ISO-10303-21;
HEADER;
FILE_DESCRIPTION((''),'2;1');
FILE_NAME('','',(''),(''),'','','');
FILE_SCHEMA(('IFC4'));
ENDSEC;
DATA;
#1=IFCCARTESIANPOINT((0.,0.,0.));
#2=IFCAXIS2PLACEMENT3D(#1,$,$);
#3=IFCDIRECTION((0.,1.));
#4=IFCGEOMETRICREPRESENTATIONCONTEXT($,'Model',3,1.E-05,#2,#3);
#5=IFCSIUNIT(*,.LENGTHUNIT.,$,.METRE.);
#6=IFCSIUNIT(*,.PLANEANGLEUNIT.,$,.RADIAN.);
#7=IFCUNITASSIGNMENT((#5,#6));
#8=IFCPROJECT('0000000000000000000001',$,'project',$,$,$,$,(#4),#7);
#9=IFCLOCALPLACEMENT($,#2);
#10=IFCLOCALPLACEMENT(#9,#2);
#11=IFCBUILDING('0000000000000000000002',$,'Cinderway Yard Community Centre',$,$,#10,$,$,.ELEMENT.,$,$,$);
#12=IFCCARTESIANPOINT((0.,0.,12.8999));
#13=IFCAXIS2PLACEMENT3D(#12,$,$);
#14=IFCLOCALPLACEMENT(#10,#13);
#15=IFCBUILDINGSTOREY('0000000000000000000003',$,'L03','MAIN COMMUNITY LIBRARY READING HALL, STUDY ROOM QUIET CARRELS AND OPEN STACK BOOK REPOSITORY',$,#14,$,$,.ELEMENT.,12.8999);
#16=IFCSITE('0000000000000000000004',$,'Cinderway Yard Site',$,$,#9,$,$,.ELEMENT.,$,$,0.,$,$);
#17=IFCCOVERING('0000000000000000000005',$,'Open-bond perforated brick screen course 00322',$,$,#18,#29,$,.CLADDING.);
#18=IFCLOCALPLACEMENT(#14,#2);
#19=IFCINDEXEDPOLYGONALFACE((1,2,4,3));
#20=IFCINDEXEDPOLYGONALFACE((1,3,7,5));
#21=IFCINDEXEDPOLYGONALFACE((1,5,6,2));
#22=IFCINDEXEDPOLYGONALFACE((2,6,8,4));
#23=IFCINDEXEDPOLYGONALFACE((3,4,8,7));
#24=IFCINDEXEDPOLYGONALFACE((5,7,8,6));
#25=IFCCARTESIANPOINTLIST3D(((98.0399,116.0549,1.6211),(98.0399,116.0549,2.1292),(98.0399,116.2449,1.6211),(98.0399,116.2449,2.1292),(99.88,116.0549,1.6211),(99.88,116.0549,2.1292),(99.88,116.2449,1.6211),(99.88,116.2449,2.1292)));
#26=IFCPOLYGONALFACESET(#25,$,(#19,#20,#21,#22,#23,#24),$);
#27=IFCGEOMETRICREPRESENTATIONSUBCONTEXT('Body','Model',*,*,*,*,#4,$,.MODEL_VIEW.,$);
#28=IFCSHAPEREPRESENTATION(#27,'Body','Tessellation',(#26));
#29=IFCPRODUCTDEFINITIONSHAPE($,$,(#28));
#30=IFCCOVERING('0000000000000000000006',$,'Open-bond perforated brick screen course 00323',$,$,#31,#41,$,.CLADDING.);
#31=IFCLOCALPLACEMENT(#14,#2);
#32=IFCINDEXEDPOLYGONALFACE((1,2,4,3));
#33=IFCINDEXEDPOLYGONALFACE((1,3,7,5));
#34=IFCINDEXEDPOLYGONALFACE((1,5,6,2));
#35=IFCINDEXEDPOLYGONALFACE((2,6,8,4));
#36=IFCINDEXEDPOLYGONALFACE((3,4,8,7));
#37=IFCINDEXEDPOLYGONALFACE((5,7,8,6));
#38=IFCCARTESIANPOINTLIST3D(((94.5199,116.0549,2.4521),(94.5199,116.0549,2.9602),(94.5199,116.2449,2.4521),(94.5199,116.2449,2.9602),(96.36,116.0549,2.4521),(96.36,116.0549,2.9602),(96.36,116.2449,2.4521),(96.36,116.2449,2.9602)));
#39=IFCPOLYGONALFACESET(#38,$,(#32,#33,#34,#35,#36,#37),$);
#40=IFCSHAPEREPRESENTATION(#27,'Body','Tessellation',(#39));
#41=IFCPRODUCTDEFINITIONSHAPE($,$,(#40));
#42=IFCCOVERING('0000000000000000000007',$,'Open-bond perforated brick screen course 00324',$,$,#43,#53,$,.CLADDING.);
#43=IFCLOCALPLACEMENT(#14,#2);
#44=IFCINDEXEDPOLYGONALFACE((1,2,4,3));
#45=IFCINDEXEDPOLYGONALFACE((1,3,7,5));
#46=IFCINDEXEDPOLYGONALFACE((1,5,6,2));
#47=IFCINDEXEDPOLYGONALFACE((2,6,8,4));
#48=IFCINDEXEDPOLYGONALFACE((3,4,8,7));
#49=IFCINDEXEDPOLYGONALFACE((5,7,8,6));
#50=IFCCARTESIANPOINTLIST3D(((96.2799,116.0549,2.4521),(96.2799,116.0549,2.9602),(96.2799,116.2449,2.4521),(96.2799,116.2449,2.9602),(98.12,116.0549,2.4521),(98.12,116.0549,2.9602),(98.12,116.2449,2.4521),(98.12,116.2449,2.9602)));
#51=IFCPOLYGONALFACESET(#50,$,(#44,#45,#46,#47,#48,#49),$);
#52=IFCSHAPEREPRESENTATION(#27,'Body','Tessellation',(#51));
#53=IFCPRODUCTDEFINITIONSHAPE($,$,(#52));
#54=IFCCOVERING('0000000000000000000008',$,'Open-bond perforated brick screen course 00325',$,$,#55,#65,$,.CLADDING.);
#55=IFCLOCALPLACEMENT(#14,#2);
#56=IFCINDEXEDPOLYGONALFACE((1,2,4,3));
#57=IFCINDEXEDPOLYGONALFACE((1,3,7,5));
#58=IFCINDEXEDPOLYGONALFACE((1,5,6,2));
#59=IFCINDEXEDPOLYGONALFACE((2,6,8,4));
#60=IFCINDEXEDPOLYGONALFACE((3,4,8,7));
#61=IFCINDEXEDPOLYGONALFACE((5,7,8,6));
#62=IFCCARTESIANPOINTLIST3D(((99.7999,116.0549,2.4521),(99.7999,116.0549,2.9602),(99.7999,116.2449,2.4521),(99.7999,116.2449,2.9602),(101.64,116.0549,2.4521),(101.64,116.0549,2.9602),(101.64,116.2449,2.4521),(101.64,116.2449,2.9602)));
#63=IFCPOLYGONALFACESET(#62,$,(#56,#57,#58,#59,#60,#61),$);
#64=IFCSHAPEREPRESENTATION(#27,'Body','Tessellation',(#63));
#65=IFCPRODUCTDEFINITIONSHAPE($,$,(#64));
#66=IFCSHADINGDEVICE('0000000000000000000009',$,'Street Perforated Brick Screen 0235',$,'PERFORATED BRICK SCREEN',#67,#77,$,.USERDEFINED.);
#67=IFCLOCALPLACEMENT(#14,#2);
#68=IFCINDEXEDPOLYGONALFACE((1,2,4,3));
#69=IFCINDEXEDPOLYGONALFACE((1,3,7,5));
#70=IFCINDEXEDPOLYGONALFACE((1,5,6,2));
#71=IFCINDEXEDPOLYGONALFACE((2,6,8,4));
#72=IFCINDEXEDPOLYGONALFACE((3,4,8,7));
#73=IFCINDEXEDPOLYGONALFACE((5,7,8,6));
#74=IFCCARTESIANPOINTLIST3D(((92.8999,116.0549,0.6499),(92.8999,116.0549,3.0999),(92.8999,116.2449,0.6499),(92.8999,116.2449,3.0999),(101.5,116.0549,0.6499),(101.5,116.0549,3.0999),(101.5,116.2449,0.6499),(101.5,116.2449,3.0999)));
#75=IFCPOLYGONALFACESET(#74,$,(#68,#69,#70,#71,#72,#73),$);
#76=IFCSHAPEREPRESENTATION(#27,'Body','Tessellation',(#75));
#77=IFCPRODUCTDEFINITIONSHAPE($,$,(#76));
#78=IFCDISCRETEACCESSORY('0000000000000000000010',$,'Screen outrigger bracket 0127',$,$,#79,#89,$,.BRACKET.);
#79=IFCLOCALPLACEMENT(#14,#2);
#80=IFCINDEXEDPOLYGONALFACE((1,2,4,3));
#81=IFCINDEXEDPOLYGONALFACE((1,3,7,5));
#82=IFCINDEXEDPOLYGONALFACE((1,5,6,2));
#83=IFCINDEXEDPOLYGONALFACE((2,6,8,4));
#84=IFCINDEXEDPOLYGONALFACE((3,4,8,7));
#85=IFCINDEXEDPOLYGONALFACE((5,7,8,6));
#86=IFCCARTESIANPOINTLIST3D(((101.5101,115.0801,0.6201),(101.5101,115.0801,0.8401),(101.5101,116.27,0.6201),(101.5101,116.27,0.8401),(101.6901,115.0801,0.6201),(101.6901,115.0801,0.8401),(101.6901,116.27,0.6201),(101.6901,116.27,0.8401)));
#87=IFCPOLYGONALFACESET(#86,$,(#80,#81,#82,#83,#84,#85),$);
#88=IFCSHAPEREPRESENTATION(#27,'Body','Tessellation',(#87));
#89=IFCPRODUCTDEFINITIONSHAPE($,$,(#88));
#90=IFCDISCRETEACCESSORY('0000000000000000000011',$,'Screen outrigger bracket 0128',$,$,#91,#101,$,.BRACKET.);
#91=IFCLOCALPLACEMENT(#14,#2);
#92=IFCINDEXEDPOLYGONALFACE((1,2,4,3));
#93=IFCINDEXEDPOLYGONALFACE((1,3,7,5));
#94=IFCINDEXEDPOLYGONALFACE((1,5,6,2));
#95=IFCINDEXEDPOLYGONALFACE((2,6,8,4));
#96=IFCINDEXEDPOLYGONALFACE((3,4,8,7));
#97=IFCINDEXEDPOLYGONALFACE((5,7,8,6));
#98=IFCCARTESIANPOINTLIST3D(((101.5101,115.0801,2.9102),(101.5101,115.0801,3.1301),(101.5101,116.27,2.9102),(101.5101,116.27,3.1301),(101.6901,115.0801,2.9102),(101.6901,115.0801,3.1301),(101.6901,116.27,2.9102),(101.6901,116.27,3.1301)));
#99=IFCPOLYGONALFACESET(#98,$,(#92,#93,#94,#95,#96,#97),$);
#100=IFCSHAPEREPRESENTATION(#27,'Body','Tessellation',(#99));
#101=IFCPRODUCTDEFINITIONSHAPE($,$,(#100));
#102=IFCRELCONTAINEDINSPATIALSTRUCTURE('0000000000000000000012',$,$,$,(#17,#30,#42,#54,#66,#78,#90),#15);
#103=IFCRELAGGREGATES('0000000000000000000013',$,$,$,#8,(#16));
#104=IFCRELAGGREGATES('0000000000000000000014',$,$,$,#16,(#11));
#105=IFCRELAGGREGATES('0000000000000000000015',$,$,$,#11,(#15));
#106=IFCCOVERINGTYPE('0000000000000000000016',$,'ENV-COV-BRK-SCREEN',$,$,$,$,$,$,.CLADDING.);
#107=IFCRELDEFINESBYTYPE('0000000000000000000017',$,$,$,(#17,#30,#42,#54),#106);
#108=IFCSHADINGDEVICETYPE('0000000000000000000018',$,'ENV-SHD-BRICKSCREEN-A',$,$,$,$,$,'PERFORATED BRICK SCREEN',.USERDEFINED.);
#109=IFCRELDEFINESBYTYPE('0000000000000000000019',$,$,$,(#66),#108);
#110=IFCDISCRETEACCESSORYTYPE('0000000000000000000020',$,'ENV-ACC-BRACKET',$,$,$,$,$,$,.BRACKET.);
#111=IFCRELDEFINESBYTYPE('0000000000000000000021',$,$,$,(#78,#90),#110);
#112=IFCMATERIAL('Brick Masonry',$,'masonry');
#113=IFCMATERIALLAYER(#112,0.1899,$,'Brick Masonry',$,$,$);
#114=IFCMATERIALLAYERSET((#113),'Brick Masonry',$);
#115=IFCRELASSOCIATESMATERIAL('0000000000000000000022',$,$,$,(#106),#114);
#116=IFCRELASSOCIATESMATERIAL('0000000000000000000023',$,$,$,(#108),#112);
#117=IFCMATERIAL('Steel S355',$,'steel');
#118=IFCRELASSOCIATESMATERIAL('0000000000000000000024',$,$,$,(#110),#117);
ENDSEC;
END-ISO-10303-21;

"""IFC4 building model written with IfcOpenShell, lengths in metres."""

from ifc_helpers import new_model, si_unit, direction, frame, origin, origin_2d, place, context, subcontext, project, spatial, rectangle, extrude, material, layer, layer_set, type_object, element, save


model = new_model("IFC4")

# Units and contexts
model_context = context("Model", 3, precision=1e-05, world=origin(), true_north=direction((0.0, 1.0)))
body_context = subcontext(model_context, "Body", "Model", "MODEL_VIEW")
ifc_project = project(units=[si_unit("LENGTHUNIT", "METRE"), si_unit("PLANEANGLEUNIT", "RADIAN")], contexts=[model_context])

# Site, building, storey
site_placement = place(None, origin())
site = spatial("IfcSite", under=ifc_project, at=site_placement, Name="Cinderway Yard Site", CompositionType="ELEMENT", RefElevation=0.0)
building_placement = place(site_placement, origin())
building = spatial("IfcBuilding", under=site, at=building_placement, Name="Cinderway Yard Community Centre", CompositionType="ELEMENT")
storey_placement = place(building_placement, frame((0.0, 0.0, 12.8999)))
storey = spatial("IfcBuildingStorey", under=building, at=storey_placement, Name="L03", Description="MAIN COMMUNITY LIBRARY READING HALL, STUDY ROOM QUIET CARRELS AND OPEN STACK BOOK REPOSITORY", CompositionType="ELEMENT", Elevation=12.8999)

# Shared definitions
ifc_material_1 = material(Name="Steel S355", Category="steel")

# Coverings
ifc_material_2 = material(Name="Brick Masonry", Category="masonry")
ifc_layer_1 = layer(ifc_material_2, 0.1899, Name="Brick Masonry")
ifc_layer_set_1 = layer_set([ifc_layer_1], Name="Brick Masonry")
covering_type = type_object("IfcCoveringType", Name="ENV-COV-BRK-SCREEN", PredefinedType="CLADDING", material=ifc_layer_set_1)
for number, where, z_axis, x_axis, name in (
    (1, (98.96, 116.1499, 1.6211), (0.0, 0.0, 1.0), (1.0, 0.0, 0.0), "Open-bond perforated brick screen course 00322"),
    (2, (95.4399, 116.1499, 2.4521), (0.0, 0.0, 1.0), (1.0, 0.0, 0.0), "Open-bond perforated brick screen course 00323"),
    (3, (97.2, 116.1499, 2.4521), (0.0, 0.0, 1.0), (1.0, 0.0, 0.0), "Open-bond perforated brick screen course 00324"),
    (4, (100.72, 116.1499, 2.4521), (0.0, 0.0, 1.0), (1.0, 0.0, 0.0), "Open-bond perforated brick screen course 00325"),
):
    element("IfcCovering", number, at=place(storey_placement, frame(where, z_axis=z_axis, x_axis=x_axis)), inside=storey, type_object=covering_type, Name=name, PredefinedType="CLADDING", context=body_context, shape_type="SweptSolid", body=[
        extrude(rectangle(XDim=1.8401, YDim=0.1899, at=origin_2d()), origin(), (0.0, 0.0, 1.0), 0.5081),
    ])

# Shading device
shading_device_type = type_object("IfcShadingDeviceType", Name="ENV-SHD-BRICKSCREEN-A", ElementType="PERFORATED BRICK SCREEN", PredefinedType="USERDEFINED", material=ifc_material_2)
shading_device_placement = place(storey_placement, frame((97.2, 116.1499, 0.6499), z_axis=(0.0, 0.0, 1.0), x_axis=(1.0, 0.0, 0.0)))
element("IfcShadingDevice", 5, at=shading_device_placement, inside=storey, type_object=shading_device_type, Name="Street Perforated Brick Screen 0235", ObjectType="PERFORATED BRICK SCREEN", PredefinedType="USERDEFINED", context=body_context, shape_type="SweptSolid", body=[
    extrude(rectangle(XDim=8.6001, YDim=0.1899, at=origin_2d()), origin(), (0.0, 0.0, 1.0), 2.45),
])

# Discrete accessories
discrete_accessory_type = type_object("IfcDiscreteAccessoryType", Name="ENV-ACC-BRACKET", PredefinedType="BRACKET", material=ifc_material_1)
for number, where, z_axis, x_axis, name in (
    (6, (101.6001, 115.675, 0.6201), (0.0, 0.0, 1.0), (0.0, 1.0, 0.0), "Screen outrigger bracket 0127"),
    (7, (101.6001, 115.675, 2.9102), (0.0, 0.0, 1.0), (0.0, 1.0, 0.0), "Screen outrigger bracket 0128"),
):
    element("IfcDiscreteAccessory", number, at=place(storey_placement, frame(where, z_axis=z_axis, x_axis=x_axis)), inside=storey, type_object=discrete_accessory_type, Name=name, PredefinedType="BRACKET", context=body_context, shape_type="SweptSolid", body=[
        extrude(rectangle(XDim=1.1899, YDim=0.1799, at=origin_2d()), origin(), (0.0, 0.0, 1.0), 0.22),
    ])

save(model, "model.ifc")
